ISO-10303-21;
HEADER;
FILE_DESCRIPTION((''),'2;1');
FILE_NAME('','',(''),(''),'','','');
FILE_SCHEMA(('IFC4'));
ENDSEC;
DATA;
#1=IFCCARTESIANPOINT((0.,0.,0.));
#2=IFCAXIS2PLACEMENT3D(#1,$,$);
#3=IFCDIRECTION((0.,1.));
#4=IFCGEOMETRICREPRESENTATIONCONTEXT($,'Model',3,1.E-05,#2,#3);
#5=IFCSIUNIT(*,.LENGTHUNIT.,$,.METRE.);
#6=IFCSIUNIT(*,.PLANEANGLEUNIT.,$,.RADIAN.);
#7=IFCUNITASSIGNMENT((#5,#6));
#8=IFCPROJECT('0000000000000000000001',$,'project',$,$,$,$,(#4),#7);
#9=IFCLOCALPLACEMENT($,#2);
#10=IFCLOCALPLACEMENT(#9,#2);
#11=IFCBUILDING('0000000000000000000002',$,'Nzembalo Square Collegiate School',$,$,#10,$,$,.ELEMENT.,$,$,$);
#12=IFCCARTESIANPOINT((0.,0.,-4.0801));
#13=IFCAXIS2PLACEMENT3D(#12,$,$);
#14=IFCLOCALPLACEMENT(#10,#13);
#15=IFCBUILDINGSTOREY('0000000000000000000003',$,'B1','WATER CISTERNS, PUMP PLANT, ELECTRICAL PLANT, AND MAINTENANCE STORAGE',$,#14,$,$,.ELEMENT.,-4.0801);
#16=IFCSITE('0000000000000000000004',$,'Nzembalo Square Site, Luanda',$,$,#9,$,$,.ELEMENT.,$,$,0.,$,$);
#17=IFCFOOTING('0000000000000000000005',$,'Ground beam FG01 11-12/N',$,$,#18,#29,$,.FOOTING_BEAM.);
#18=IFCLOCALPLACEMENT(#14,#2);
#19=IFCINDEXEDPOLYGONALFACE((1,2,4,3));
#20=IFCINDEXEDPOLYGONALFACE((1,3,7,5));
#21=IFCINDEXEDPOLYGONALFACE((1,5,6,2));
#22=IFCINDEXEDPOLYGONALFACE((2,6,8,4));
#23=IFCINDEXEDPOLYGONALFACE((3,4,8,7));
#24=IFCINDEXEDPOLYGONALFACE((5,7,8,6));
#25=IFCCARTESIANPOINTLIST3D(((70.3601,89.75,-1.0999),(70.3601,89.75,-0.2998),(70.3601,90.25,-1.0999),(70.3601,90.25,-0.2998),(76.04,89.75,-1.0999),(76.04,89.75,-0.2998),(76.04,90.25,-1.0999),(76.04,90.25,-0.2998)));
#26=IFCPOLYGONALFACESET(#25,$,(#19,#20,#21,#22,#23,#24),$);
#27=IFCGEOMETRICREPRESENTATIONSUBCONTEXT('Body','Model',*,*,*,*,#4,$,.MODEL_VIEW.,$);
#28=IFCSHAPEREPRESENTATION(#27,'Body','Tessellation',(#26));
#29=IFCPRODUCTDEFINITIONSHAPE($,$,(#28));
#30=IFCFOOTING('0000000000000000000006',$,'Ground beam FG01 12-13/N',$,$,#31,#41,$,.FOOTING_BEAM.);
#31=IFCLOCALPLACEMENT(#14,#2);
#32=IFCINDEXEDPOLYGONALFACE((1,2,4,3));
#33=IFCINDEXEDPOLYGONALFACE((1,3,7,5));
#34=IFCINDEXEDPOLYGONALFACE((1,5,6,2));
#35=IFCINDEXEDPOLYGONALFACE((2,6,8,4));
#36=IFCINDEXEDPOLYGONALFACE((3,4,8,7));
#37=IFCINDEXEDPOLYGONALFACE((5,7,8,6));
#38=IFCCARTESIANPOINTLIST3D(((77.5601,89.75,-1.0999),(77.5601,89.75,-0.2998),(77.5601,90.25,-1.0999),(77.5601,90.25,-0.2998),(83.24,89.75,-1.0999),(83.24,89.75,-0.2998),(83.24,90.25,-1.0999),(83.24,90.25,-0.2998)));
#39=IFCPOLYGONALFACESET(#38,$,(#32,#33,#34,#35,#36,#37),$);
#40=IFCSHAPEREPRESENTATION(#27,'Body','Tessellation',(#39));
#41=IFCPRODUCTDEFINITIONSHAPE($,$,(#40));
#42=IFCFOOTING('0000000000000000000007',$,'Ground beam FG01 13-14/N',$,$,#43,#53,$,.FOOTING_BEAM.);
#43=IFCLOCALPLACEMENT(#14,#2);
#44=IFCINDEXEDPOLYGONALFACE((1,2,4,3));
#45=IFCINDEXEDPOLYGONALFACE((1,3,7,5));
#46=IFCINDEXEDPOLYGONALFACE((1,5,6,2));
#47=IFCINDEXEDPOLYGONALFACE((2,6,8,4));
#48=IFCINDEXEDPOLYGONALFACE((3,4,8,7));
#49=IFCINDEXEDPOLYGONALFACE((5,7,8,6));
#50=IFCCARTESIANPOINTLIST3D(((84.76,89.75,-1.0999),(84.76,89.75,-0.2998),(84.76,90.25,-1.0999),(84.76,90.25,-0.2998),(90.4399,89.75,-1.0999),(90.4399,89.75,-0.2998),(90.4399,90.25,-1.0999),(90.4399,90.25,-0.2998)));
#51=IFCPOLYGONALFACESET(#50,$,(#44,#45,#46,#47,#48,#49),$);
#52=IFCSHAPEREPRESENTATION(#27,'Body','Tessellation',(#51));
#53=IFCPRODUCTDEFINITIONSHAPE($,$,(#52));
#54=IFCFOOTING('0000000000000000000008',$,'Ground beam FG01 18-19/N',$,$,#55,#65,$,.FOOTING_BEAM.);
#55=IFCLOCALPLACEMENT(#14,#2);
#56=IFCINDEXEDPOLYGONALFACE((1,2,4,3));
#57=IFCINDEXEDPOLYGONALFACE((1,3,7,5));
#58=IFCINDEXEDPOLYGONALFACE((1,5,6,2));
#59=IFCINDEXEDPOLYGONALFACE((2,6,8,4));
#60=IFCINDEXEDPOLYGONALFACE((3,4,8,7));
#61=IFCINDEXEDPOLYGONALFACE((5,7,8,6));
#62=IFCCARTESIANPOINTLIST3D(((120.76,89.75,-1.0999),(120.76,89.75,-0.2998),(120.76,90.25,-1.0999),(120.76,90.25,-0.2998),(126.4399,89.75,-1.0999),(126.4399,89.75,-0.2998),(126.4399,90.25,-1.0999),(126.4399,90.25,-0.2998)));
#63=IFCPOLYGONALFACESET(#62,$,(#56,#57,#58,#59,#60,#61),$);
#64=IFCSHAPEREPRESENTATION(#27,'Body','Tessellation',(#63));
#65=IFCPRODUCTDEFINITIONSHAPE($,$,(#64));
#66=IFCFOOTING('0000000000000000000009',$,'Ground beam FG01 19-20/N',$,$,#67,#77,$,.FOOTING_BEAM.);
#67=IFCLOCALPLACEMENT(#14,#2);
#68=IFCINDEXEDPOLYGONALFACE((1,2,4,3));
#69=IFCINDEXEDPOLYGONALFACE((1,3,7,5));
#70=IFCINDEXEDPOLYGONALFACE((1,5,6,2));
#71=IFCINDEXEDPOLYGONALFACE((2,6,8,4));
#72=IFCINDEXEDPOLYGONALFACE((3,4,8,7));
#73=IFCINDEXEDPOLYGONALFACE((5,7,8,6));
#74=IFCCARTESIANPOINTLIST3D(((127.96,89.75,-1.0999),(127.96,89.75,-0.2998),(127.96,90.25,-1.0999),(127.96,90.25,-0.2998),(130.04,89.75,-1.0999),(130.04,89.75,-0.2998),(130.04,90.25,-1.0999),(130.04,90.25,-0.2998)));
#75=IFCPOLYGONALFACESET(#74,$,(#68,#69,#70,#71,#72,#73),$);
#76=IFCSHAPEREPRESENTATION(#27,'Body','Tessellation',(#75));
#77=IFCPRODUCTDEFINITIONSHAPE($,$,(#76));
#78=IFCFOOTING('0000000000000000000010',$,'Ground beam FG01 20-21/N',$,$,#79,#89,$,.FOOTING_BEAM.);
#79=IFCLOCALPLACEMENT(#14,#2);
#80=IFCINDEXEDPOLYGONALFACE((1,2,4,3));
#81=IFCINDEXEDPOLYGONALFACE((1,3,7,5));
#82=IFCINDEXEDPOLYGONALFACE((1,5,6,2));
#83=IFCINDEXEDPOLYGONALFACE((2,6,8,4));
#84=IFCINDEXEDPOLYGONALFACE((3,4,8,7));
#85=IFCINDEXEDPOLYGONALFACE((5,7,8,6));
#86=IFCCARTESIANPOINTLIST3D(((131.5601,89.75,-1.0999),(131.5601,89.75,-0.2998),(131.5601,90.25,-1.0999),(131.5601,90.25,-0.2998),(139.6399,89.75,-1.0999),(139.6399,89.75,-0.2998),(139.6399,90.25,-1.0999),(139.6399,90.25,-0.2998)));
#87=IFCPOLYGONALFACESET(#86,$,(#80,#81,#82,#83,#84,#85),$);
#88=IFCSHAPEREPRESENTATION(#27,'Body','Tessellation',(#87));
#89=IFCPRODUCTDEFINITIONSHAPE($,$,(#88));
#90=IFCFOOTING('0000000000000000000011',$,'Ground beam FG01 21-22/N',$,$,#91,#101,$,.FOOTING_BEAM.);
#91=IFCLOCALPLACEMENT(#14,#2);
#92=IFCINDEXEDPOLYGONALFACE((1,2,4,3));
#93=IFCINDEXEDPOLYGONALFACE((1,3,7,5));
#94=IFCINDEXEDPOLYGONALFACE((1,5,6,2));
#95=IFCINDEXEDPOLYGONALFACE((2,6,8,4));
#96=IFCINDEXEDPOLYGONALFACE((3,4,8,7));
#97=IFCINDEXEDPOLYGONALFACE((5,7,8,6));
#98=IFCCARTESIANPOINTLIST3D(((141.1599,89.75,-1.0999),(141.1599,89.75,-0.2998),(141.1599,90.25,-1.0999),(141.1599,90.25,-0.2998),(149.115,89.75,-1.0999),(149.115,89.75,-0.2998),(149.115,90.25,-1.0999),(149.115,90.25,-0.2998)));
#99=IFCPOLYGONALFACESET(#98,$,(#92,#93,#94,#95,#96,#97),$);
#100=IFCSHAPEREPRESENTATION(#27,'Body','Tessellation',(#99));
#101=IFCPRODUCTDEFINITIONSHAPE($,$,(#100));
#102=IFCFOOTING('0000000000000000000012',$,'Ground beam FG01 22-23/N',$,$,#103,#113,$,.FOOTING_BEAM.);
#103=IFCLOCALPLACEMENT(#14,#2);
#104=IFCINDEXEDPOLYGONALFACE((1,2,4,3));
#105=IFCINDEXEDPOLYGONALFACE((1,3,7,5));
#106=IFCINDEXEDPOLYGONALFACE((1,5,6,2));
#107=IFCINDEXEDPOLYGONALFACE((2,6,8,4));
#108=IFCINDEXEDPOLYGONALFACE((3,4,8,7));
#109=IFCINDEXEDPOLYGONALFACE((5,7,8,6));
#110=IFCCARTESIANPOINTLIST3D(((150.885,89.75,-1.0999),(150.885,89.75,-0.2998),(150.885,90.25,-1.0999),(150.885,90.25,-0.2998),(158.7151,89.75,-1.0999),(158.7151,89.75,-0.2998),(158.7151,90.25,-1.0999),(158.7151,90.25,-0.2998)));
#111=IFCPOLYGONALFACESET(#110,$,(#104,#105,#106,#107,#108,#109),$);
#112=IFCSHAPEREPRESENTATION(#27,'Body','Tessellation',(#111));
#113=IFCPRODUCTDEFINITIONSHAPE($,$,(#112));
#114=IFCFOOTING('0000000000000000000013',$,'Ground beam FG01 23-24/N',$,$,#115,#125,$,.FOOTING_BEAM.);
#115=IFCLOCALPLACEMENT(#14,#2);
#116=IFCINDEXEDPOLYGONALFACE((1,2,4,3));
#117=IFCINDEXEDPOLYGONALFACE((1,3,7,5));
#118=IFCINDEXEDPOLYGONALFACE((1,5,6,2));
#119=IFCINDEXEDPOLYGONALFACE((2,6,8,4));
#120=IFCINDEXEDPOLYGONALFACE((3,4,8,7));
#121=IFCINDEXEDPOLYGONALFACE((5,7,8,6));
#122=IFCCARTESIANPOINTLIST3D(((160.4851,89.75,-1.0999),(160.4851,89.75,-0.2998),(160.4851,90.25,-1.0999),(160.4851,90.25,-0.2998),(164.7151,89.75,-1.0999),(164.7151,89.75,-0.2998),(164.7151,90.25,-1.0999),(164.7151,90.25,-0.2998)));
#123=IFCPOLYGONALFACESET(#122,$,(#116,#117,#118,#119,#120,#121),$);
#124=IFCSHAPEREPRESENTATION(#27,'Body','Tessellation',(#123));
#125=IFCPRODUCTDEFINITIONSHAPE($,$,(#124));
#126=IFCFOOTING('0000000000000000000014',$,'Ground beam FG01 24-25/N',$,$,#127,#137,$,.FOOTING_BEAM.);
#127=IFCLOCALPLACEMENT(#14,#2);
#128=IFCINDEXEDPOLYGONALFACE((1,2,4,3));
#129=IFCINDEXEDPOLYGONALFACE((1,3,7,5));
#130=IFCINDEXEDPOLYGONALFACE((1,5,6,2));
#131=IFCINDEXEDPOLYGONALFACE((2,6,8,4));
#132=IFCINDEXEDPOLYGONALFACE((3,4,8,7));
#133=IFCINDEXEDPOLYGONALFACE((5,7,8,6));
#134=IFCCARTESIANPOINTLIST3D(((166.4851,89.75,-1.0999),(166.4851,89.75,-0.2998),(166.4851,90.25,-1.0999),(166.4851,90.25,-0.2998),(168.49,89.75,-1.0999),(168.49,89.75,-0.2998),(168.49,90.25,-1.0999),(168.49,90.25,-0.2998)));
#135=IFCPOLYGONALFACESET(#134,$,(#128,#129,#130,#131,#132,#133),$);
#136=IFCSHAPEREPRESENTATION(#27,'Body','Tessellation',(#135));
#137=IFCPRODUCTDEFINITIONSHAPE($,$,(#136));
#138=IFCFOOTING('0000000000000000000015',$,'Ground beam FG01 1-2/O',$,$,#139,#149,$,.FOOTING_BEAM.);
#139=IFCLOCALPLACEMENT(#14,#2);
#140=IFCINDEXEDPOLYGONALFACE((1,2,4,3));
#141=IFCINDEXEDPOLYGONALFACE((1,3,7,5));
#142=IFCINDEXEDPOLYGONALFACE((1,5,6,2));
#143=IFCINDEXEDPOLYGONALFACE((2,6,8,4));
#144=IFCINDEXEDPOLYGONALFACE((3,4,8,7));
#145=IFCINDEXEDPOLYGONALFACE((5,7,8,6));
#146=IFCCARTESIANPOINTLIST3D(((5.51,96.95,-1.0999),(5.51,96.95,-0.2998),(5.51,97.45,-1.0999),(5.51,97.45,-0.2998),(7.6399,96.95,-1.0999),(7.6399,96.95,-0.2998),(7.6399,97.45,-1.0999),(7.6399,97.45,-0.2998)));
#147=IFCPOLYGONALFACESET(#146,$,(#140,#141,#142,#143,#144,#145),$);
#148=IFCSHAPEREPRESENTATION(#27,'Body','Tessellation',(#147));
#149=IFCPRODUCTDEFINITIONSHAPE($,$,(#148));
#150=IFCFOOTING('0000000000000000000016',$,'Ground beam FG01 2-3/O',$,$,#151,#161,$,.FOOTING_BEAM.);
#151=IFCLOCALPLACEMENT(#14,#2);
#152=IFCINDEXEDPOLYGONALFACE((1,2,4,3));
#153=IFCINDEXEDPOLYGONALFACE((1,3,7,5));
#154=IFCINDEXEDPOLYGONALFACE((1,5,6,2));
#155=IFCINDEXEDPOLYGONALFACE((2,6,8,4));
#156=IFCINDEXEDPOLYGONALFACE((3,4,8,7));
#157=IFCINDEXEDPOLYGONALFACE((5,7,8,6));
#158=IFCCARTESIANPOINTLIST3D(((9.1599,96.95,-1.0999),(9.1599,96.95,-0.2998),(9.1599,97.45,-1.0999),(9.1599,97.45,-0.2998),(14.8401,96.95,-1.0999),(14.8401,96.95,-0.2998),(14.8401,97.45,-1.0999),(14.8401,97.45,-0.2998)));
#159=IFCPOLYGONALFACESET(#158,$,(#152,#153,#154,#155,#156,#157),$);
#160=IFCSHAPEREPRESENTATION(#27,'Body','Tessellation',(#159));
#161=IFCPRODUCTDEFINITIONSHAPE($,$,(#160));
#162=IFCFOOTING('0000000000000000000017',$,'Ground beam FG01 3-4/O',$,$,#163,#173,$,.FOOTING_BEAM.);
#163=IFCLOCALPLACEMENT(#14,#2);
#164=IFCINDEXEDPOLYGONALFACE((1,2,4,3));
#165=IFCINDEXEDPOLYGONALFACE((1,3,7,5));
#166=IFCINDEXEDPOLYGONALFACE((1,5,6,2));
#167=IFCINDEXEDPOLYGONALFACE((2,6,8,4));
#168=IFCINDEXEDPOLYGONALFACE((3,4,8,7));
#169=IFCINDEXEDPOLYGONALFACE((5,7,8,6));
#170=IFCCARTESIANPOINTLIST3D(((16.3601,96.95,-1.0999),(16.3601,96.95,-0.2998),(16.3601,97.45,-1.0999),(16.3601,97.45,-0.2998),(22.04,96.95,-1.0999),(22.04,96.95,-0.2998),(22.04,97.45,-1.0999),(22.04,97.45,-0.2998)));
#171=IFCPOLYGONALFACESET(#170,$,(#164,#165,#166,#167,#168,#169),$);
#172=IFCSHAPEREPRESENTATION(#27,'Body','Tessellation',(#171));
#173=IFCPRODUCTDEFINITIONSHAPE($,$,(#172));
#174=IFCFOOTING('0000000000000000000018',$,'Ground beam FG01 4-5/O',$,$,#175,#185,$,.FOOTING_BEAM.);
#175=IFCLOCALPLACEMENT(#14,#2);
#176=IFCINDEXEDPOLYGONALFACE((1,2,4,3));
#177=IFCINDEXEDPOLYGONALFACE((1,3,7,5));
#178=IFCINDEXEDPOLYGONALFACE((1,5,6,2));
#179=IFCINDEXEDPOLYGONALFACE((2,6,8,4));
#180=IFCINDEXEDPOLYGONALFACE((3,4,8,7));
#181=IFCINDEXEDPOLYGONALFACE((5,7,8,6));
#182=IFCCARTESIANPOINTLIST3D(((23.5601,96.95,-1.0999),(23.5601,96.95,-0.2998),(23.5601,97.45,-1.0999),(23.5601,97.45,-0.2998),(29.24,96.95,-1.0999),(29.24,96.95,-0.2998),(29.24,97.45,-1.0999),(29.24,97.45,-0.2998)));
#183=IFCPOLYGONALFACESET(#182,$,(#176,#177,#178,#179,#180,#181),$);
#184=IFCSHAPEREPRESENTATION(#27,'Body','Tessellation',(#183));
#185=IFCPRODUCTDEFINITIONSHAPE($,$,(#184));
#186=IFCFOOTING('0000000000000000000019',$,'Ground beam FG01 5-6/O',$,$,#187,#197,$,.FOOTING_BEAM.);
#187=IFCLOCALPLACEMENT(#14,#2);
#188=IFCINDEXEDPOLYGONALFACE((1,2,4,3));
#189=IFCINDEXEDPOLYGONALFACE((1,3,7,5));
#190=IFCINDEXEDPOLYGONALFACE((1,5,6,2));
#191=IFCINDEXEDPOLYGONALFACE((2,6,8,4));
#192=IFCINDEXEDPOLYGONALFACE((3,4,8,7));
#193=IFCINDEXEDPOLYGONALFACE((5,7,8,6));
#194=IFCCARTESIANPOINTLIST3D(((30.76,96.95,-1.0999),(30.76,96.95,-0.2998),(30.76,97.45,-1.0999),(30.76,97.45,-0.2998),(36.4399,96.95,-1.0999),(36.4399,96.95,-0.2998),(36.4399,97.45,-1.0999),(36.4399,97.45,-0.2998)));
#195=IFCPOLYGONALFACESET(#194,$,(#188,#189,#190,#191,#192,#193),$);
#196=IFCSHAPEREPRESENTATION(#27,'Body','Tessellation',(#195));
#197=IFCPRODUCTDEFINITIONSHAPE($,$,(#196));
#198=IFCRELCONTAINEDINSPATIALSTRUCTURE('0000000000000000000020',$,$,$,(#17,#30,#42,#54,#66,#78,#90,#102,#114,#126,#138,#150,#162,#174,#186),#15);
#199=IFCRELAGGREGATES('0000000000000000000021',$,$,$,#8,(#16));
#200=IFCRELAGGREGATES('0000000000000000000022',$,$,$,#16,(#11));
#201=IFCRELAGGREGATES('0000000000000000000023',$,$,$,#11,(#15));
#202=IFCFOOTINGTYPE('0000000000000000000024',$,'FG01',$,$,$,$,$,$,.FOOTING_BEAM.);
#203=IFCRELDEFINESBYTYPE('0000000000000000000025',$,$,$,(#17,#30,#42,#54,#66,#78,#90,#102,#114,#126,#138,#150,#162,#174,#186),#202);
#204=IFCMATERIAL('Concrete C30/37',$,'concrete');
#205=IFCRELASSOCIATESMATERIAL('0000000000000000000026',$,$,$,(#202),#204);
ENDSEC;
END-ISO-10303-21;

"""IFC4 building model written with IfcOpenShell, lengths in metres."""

from ifc_helpers import new_model, si_unit, direction, frame, origin, place, context, subcontext, project, spatial, polyline, outline, extrude, material, type_object, element, save


model = new_model("IFC4")

# Units and contexts
model_context = context("Model", 3, precision=1e-05, world=origin(), true_north=direction((0.0, 1.0)))
body_context = subcontext(model_context, "Body", "Model", "MODEL_VIEW")
ifc_project = project(units=[si_unit("LENGTHUNIT", "METRE"), si_unit("PLANEANGLEUNIT", "RADIAN")], contexts=[model_context])

# Site, building, storey
site_placement = place(None, origin())
site = spatial("IfcSite", under=ifc_project, at=site_placement, Name="Nzembalo Square Site, Luanda", CompositionType="ELEMENT", RefElevation=0.0)
building_placement = place(site_placement, origin())
building = spatial("IfcBuilding", under=site, at=building_placement, Name="Nzembalo Square Collegiate School", CompositionType="ELEMENT")
storey_placement = place(building_placement, frame((0.0, 0.0, -4.0801)))
storey = spatial("IfcBuildingStorey", under=building, at=storey_placement, Name="B1", Description="WATER CISTERNS, PUMP PLANT, ELECTRICAL PLANT, AND MAINTENANCE STORAGE", CompositionType="ELEMENT", Elevation=-4.0801)

# Footings
ifc_material = material(Name="Concrete C30/37", Category="concrete")
footing_type = type_object("IfcFootingType", Name="FG01", PredefinedType="FOOTING_BEAM", material=ifc_material)
footing_1_placement = place(storey_placement, frame((0.0, 0.0, -1.0999)))
element("IfcFooting", 1, at=footing_1_placement, inside=storey, type_object=footing_type, Name="Ground beam FG01 11-12/N", PredefinedType="FOOTING_BEAM", context=body_context, shape_type="SweptSolid", body=[
    extrude(outline(polyline([(70.3601, 89.75), (76.04, 89.75), (76.04, 90.25), (70.3601, 90.25), (70.3601, 89.75)])), origin(), (0.0, 0.0, 1.0), 0.8),
])
footing_2_placement = place(storey_placement, frame((0.0, 0.0, -1.0999)))
element("IfcFooting", 2, at=footing_2_placement, inside=storey, type_object=footing_type, Name="Ground beam FG01 12-13/N", PredefinedType="FOOTING_BEAM", context=body_context, shape_type="SweptSolid", body=[
    extrude(outline(polyline([(77.5601, 89.75), (83.24, 89.75), (83.24, 90.25), (77.5601, 90.25), (77.5601, 89.75)])), origin(), (0.0, 0.0, 1.0), 0.8),
])
footing_3_placement = place(storey_placement, frame((0.0, 0.0, -1.0999)))
element("IfcFooting", 3, at=footing_3_placement, inside=storey, type_object=footing_type, Name="Ground beam FG01 13-14/N", PredefinedType="FOOTING_BEAM", context=body_context, shape_type="SweptSolid", body=[
    extrude(outline(polyline([(84.76, 89.75), (90.4399, 89.75), (90.4399, 90.25), (84.76, 90.25), (84.76, 89.75)])), origin(), (0.0, 0.0, 1.0), 0.8),
])
footing_4_placement = place(storey_placement, frame((0.0, 0.0, -1.0999)))
element("IfcFooting", 4, at=footing_4_placement, inside=storey, type_object=footing_type, Name="Ground beam FG01 18-19/N", PredefinedType="FOOTING_BEAM", context=body_context, shape_type="SweptSolid", body=[
    extrude(outline(polyline([(120.76, 89.75), (126.4399, 89.75), (126.4399, 90.25), (120.76, 90.25), (120.76, 89.75)])), origin(), (0.0, 0.0, 1.0), 0.8),
])
footing_5_placement = place(storey_placement, frame((0.0, 0.0, -1.0999)))
element("IfcFooting", 5, at=footing_5_placement, inside=storey, type_object=footing_type, Name="Ground beam FG01 19-20/N", PredefinedType="FOOTING_BEAM", context=body_context, shape_type="SweptSolid", body=[
    extrude(outline(polyline([(127.96, 89.75), (130.04, 89.75), (130.04, 90.25), (127.96, 90.25), (127.96, 89.75)])), origin(), (0.0, 0.0, 1.0), 0.8),
])
footing_6_placement = place(storey_placement, frame((0.0, 0.0, -1.0999)))
element("IfcFooting", 6, at=footing_6_placement, inside=storey, type_object=footing_type, Name="Ground beam FG01 20-21/N", PredefinedType="FOOTING_BEAM", context=body_context, shape_type="SweptSolid", body=[
    extrude(outline(polyline([(131.5601, 89.75), (139.6399, 89.75), (139.6399, 90.25), (131.5601, 90.25), (131.5601, 89.75)])), origin(), (0.0, 0.0, 1.0), 0.8),
])
footing_7_placement = place(storey_placement, frame((0.0, 0.0, -1.0999)))
element("IfcFooting", 7, at=footing_7_placement, inside=storey, type_object=footing_type, Name="Ground beam FG01 21-22/N", PredefinedType="FOOTING_BEAM", context=body_context, shape_type="SweptSolid", body=[
    extrude(outline(polyline([(141.1599, 89.75), (149.115, 89.75), (149.115, 90.25), (141.1599, 90.25), (141.1599, 89.75)])), origin(), (0.0, 0.0, 1.0), 0.8),
])
footing_8_placement = place(storey_placement, frame((0.0, 0.0, -1.0999)))
element("IfcFooting", 8, at=footing_8_placement, inside=storey, type_object=footing_type, Name="Ground beam FG01 22-23/N", PredefinedType="FOOTING_BEAM", context=body_context, shape_type="SweptSolid", body=[
    extrude(outline(polyline([(150.885, 89.75), (158.7151, 89.75), (158.7151, 90.25), (150.885, 90.25), (150.885, 89.75)])), origin(), (0.0, 0.0, 1.0), 0.8),
])
footing_9_placement = place(storey_placement, frame((0.0, 0.0, -1.0999)))
element("IfcFooting", 9, at=footing_9_placement, inside=storey, type_object=footing_type, Name="Ground beam FG01 23-24/N", PredefinedType="FOOTING_BEAM", context=body_context, shape_type="SweptSolid", body=[
    extrude(outline(polyline([(160.4851, 89.75), (164.7151, 89.75), (164.7151, 90.25), (160.4851, 90.25), (160.4851, 89.75)])), origin(), (0.0, 0.0, 1.0), 0.8),
])
footing_10_placement = place(storey_placement, frame((0.0, 0.0, -1.0999)))
element("IfcFooting", 10, at=footing_10_placement, inside=storey, type_object=footing_type, Name="Ground beam FG01 24-25/N", PredefinedType="FOOTING_BEAM", context=body_context, shape_type="SweptSolid", body=[
    extrude(outline(polyline([(166.4851, 89.75), (168.49, 89.75), (168.49, 90.25), (166.4851, 90.25), (166.4851, 89.75)])), origin(), (0.0, 0.0, 1.0), 0.8),
])
footing_11_placement = place(storey_placement, frame((0.0, 0.0, -1.0999)))
element("IfcFooting", 11, at=footing_11_placement, inside=storey, type_object=footing_type, Name="Ground beam FG01 1-2/O", PredefinedType="FOOTING_BEAM", context=body_context, shape_type="SweptSolid", body=[
    extrude(outline(polyline([(5.51, 96.95), (7.6399, 96.95), (7.6399, 97.45), (5.51, 97.45), (5.51, 96.95)])), origin(), (0.0, 0.0, 1.0), 0.8),
])
footing_12_placement = place(storey_placement, frame((0.0, 0.0, -1.0999)))
element("IfcFooting", 12, at=footing_12_placement, inside=storey, type_object=footing_type, Name="Ground beam FG01 2-3/O", PredefinedType="FOOTING_BEAM", context=body_context, shape_type="SweptSolid", body=[
    extrude(outline(polyline([(9.1599, 96.95), (14.8401, 96.95), (14.8401, 97.45), (9.1599, 97.45), (9.1599, 96.95)])), origin(), (0.0, 0.0, 1.0), 0.8),
])
footing_13_placement = place(storey_placement, frame((0.0, 0.0, -1.0999)))
element("IfcFooting", 13, at=footing_13_placement, inside=storey, type_object=footing_type, Name="Ground beam FG01 3-4/O", PredefinedType="FOOTING_BEAM", context=body_context, shape_type="SweptSolid", body=[
    extrude(outline(polyline([(16.3601, 96.95), (22.04, 96.95), (22.04, 97.45), (16.3601, 97.45), (16.3601, 96.95)])), origin(), (0.0, 0.0, 1.0), 0.8),
])
footing_14_placement = place(storey_placement, frame((0.0, 0.0, -1.0999)))
element("IfcFooting", 14, at=footing_14_placement, inside=storey, type_object=footing_type, Name="Ground beam FG01 4-5/O", PredefinedType="FOOTING_BEAM", context=body_context, shape_type="SweptSolid", body=[
    extrude(outline(polyline([(23.5601, 96.95), (29.24, 96.95), (29.24, 97.45), (23.5601, 97.45), (23.5601, 96.95)])), origin(), (0.0, 0.0, 1.0), 0.8),
])
footing_15_placement = place(storey_placement, frame((0.0, 0.0, -1.0999)))
element("IfcFooting", 15, at=footing_15_placement, inside=storey, type_object=footing_type, Name="Ground beam FG01 5-6/O", PredefinedType="FOOTING_BEAM", context=body_context, shape_type="SweptSolid", body=[
    extrude(outline(polyline([(30.76, 96.95), (36.4399, 96.95), (36.4399, 97.45), (30.76, 97.45), (30.76, 96.95)])), origin(), (0.0, 0.0, 1.0), 0.8),
])

save(model, "model.ifc")
